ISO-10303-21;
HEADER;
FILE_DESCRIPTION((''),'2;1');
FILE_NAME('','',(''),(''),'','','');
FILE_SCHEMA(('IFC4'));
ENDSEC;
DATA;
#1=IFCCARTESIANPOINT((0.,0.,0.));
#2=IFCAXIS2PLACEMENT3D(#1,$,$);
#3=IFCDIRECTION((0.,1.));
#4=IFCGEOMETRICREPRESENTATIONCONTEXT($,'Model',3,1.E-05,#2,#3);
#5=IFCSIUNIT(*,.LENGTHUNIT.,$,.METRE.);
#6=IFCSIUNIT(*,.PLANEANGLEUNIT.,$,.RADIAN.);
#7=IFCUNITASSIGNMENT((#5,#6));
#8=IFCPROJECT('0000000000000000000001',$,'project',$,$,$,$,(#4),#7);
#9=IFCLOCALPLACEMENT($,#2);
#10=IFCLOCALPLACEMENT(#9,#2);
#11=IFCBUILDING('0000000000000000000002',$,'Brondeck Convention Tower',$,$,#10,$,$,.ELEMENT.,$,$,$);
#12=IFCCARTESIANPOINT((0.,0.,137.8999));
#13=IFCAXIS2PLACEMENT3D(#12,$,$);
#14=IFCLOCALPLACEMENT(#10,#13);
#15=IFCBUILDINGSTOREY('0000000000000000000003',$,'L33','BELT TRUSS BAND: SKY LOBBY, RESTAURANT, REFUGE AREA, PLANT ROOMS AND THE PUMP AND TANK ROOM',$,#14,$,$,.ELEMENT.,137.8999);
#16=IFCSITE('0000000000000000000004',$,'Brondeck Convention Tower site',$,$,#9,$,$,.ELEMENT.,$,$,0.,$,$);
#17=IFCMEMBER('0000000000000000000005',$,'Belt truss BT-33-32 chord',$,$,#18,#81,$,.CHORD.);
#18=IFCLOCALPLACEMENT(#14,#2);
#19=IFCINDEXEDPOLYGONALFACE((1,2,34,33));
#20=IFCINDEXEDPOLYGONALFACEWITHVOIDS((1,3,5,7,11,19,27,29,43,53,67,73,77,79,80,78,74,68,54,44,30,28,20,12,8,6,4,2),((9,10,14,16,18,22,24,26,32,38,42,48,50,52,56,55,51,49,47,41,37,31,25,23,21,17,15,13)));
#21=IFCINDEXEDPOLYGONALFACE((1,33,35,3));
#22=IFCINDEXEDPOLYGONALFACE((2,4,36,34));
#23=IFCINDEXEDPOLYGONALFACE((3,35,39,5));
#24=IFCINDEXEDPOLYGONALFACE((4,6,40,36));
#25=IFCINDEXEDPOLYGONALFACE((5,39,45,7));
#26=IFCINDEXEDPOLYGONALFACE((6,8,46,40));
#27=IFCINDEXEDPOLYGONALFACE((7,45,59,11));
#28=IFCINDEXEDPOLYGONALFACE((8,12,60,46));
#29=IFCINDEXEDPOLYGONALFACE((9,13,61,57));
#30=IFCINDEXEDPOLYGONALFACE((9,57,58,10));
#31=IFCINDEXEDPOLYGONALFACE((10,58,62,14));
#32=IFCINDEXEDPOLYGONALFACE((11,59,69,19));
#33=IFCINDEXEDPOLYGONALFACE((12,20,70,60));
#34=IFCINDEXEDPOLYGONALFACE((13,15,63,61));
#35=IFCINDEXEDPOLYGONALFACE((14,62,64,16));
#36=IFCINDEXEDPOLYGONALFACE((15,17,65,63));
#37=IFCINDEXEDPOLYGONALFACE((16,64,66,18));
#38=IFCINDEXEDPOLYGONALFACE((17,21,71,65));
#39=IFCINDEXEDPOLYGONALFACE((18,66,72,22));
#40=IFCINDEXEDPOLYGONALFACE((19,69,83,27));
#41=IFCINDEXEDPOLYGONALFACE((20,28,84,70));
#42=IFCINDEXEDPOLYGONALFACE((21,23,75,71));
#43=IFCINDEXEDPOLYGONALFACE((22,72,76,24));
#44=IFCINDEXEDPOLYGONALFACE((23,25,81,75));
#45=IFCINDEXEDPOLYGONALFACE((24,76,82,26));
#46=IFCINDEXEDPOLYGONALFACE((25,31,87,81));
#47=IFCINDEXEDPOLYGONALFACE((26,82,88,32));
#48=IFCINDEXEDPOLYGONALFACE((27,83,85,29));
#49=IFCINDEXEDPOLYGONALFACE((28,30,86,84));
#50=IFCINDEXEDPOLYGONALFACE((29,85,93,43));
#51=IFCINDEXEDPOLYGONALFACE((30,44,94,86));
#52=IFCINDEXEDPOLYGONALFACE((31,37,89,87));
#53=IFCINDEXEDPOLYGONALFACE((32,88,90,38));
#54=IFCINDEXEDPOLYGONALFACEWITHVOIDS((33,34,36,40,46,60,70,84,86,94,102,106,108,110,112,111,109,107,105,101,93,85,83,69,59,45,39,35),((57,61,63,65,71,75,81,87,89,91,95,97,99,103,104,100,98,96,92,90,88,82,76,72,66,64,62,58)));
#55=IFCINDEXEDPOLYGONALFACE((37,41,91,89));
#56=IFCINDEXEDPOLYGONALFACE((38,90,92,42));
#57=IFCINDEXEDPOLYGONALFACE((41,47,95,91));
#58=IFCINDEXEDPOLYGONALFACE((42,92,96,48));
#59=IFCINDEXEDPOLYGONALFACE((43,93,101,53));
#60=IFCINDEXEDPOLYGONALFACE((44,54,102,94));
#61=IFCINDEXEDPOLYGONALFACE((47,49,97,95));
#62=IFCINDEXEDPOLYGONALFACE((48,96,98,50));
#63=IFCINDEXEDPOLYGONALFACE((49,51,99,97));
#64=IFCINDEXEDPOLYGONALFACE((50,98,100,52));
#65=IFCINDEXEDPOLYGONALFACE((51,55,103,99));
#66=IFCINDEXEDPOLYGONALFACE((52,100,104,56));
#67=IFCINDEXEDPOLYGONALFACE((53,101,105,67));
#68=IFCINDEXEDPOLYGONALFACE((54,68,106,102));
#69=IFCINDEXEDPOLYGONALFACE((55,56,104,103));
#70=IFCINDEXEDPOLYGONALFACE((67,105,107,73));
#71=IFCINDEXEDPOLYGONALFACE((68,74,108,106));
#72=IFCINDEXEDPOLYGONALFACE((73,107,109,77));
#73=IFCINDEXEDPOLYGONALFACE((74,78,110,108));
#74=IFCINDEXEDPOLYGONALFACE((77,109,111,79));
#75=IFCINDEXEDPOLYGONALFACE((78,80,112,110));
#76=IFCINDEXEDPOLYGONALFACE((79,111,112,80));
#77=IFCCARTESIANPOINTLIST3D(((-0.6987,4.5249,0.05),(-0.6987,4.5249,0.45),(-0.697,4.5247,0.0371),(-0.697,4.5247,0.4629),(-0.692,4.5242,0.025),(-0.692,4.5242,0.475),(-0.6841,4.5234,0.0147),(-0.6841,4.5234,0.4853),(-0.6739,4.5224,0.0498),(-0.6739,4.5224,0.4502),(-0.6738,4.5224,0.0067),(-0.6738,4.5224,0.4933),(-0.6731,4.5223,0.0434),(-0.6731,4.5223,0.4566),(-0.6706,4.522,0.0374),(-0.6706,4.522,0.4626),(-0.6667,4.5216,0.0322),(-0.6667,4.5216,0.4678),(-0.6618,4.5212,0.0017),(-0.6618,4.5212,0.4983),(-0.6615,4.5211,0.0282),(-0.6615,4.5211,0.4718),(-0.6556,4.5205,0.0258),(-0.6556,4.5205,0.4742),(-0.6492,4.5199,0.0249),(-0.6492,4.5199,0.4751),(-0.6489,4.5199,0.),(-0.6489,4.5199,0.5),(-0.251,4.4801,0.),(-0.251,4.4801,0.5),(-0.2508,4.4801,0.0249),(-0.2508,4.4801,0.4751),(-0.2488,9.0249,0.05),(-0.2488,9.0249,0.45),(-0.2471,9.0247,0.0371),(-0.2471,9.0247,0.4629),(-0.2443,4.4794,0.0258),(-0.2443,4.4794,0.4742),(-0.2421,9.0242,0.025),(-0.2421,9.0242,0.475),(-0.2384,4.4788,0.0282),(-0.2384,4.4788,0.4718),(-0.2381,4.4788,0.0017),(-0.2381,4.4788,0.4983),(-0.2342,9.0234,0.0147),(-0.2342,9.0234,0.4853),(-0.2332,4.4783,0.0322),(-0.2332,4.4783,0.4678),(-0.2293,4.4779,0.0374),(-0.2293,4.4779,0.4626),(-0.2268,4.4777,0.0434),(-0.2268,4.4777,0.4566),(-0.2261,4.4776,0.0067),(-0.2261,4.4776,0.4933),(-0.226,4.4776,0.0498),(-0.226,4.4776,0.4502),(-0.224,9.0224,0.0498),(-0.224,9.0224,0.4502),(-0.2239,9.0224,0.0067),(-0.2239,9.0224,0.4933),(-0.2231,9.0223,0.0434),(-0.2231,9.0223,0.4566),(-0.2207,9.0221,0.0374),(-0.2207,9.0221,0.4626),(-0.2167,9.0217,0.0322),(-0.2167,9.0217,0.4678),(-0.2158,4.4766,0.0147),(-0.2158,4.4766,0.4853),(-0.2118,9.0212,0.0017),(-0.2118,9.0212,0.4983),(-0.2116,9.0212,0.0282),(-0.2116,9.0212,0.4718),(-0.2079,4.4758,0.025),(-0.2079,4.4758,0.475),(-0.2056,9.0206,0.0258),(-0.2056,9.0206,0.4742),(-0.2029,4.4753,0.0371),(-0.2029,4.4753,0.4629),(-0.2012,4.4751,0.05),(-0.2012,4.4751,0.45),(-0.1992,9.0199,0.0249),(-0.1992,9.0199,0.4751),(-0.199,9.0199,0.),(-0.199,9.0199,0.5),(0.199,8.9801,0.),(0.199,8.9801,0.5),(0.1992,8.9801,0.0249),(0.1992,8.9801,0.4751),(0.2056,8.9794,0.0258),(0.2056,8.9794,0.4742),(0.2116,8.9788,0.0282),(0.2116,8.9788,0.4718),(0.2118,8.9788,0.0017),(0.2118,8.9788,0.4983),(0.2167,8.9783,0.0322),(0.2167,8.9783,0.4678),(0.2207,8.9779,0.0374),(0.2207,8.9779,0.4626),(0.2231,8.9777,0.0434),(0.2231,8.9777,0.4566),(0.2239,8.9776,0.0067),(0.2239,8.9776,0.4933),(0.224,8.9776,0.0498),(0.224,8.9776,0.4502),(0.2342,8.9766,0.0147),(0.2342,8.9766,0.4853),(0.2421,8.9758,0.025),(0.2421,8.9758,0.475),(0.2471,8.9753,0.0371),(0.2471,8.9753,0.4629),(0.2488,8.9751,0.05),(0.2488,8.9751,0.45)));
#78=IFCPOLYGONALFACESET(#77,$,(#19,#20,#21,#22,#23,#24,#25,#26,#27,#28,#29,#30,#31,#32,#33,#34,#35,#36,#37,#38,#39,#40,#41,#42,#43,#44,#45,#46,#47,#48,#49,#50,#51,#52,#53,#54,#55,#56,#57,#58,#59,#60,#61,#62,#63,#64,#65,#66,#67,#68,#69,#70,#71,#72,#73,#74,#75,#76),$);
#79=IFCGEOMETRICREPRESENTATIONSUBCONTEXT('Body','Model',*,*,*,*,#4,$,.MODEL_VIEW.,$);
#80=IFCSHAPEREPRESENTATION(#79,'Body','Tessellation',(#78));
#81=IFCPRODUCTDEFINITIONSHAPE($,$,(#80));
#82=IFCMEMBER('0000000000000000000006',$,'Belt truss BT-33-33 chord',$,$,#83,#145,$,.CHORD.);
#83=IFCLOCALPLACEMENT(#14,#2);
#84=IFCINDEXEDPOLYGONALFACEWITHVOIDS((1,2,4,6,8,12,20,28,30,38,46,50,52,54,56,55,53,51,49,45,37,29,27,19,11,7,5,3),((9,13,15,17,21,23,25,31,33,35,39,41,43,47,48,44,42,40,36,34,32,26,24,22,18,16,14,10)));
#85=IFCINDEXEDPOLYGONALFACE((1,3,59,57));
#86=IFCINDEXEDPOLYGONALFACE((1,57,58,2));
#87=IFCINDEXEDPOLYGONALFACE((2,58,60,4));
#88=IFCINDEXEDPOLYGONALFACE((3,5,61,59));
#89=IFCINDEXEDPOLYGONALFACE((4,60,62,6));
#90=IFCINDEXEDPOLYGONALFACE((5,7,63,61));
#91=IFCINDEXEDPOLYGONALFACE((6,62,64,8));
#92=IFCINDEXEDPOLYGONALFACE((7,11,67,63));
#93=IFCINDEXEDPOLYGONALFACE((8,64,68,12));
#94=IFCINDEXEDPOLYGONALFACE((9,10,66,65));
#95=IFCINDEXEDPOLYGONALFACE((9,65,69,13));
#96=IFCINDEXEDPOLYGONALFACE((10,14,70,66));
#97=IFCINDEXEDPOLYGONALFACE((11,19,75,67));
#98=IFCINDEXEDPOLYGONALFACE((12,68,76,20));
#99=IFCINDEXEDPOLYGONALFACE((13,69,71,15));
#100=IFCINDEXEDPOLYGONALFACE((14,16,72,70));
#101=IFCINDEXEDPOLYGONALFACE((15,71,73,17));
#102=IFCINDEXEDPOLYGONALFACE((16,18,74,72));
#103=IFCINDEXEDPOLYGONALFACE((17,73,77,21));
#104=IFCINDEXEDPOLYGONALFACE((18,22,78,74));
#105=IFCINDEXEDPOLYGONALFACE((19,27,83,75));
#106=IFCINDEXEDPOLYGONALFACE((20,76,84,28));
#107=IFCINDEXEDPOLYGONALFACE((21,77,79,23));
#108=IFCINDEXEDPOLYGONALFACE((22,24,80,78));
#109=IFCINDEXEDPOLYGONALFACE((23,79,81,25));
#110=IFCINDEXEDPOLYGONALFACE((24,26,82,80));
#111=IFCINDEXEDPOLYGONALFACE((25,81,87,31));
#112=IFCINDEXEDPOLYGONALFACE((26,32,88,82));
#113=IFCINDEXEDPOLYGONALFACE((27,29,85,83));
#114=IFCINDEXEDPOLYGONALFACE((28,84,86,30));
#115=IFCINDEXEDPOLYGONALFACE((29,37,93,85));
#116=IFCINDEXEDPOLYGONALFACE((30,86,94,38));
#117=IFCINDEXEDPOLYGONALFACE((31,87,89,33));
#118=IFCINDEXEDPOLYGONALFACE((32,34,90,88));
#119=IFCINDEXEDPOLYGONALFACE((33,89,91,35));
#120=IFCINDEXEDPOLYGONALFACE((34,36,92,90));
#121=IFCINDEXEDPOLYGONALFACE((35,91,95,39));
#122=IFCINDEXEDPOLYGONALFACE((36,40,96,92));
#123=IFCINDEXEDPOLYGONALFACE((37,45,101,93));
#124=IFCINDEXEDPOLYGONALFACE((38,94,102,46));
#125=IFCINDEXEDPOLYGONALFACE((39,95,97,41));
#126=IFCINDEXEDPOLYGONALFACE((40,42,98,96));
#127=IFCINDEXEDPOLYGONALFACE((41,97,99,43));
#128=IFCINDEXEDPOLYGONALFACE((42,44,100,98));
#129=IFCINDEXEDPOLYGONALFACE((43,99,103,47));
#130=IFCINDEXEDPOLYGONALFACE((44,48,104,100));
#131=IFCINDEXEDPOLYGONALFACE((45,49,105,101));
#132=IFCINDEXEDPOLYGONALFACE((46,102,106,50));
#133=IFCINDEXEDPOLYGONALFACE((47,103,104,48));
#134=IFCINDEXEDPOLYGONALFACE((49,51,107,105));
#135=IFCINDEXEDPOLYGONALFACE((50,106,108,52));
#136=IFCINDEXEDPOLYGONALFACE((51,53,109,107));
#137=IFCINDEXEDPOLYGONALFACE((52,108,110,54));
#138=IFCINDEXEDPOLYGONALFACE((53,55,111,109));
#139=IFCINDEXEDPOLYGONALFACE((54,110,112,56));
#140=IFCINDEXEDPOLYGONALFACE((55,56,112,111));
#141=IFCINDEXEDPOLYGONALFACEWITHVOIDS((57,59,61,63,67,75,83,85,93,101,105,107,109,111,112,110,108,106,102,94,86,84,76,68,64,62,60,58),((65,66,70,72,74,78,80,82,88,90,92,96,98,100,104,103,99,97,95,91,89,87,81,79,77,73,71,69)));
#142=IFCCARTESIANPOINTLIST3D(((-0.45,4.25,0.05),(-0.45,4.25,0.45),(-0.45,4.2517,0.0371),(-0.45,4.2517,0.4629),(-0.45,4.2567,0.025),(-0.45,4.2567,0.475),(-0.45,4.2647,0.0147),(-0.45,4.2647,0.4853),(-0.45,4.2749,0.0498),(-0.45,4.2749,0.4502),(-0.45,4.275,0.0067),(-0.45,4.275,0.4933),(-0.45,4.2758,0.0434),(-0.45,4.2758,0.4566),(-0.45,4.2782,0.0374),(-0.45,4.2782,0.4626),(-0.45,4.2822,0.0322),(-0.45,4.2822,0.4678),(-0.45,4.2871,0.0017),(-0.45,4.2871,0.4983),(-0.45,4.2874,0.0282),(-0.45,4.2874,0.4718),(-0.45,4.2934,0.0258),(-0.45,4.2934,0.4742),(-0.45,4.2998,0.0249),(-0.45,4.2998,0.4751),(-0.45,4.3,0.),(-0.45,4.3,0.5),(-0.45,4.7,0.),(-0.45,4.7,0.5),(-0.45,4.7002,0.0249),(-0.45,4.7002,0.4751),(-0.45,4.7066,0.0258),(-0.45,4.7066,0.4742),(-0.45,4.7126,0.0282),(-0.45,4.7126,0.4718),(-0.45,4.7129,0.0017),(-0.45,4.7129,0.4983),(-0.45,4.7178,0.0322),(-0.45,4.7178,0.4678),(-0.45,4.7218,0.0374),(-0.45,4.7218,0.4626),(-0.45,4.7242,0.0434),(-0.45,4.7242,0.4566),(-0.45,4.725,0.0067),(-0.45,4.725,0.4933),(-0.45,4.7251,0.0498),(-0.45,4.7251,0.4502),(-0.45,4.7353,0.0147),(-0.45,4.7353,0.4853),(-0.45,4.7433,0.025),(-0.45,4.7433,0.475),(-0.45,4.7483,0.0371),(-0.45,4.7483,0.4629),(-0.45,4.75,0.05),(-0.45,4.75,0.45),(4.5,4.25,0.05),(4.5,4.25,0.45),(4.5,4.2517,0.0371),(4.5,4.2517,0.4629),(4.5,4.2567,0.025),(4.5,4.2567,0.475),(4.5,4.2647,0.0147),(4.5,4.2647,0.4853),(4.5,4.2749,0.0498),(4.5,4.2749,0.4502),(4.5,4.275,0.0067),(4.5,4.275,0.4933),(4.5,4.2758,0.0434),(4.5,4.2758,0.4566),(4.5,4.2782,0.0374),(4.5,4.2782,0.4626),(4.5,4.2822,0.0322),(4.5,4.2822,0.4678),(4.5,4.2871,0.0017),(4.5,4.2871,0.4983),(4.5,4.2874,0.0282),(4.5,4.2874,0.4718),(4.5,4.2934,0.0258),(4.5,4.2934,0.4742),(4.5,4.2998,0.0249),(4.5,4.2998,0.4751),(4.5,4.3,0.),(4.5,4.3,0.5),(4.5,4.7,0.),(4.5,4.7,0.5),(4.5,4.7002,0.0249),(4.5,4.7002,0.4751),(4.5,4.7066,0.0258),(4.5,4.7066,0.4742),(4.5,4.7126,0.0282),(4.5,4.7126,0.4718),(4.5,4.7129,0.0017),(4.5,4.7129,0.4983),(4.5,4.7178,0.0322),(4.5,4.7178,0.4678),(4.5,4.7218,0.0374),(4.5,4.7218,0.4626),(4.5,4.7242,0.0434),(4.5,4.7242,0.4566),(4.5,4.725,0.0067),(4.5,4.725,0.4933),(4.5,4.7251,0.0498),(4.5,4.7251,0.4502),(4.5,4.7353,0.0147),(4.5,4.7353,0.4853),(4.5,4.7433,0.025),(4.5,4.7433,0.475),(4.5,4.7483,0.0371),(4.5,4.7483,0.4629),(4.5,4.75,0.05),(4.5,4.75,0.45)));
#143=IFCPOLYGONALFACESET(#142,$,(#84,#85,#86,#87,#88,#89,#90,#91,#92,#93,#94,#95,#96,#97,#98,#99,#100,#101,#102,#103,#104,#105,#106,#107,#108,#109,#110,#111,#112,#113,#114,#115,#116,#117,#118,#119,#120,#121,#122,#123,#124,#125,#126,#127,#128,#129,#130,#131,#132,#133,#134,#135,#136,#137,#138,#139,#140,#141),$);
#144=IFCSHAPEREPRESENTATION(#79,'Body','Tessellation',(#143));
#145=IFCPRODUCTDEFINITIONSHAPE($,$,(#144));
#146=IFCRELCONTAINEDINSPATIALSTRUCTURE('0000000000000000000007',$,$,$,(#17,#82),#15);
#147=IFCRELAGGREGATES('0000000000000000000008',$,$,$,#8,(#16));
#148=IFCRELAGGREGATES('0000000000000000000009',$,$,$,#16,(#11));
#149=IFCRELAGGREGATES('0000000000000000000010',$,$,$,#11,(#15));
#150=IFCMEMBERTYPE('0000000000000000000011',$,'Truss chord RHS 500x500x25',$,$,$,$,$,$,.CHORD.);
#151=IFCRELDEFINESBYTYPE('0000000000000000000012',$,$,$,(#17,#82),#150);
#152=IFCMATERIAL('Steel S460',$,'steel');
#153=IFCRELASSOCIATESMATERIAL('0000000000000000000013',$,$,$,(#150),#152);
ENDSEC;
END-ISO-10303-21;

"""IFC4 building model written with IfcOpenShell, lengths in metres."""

from ifc_helpers import new_model, si_unit, direction, frame, origin, origin_2d, place, context, subcontext, project, spatial, hollow_rectangle, extrude, material, material_profile, profile_set, type_object, element, save


model = new_model("IFC4")

# Units and contexts
model_context = context("Model", 3, precision=1e-05, world=origin(), true_north=direction((0.0, 1.0)))
body_context = subcontext(model_context, "Body", "Model", "MODEL_VIEW")
ifc_project = project(units=[si_unit("LENGTHUNIT", "METRE"), si_unit("PLANEANGLEUNIT", "RADIAN")], contexts=[model_context])

# Site, building, storey
site_placement = place(None, origin())
site = spatial("IfcSite", under=ifc_project, at=site_placement, Name="Brondeck Convention Tower site", CompositionType="ELEMENT", RefElevation=0.0)
building_placement = place(site_placement, origin())
building = spatial("IfcBuilding", under=site, at=building_placement, Name="Brondeck Convention Tower", CompositionType="ELEMENT")
storey_placement = place(building_placement, frame((0.0, 0.0, 137.8999)))
storey = spatial("IfcBuildingStorey", under=building, at=storey_placement, Name="L33", Description="BELT TRUSS BAND: SKY LOBBY, RESTAURANT, REFUGE AREA, PLANT ROOMS AND THE PUMP AND TANK ROOM", CompositionType="ELEMENT", Elevation=137.8999)

# Shared definitions
ifc_material_1 = material(Name="Steel S460", Category="steel")

# Members
ifc_material_profile_1 = material_profile(ifc_material_1, hollow_rectangle(XDim=0.5, YDim=0.5, WallThickness=0.0249, InnerFilletRadius=0.0249, OuterFilletRadius=0.05, at=origin_2d()), Name="RHS 500x500x25")
ifc_profile_set_1 = profile_set([ifc_material_profile_1], Name="Steel S460")
member_type_1 = type_object("IfcMemberType", Name="Truss chord RHS 500x500x25", PredefinedType="CHORD", material=ifc_profile_set_1)
member_1_placement = place(storey_placement, frame((0.0, 9.0, 0.25), z_axis=(-0.099493, -0.995038, 0.0), x_axis=(0.995038, -0.099493, 0.0)))
element("IfcMember", 1, at=member_1_placement, inside=storey, type_object=member_type_1, Name="Belt truss BT-33-32 chord", PredefinedType="CHORD", context=body_context, shape_type="SweptSolid", body=[
    extrude(hollow_rectangle(XDim=0.5, YDim=0.5, WallThickness=0.0249, InnerFilletRadius=0.0249, OuterFilletRadius=0.05, at=origin_2d()), origin(), (0.0, 0.0, 1.0), 4.5225),
])
member_2_placement = place(storey_placement, frame((-0.45, 4.5, 0.25), z_axis=(1.0, 0.0, 0.0), x_axis=(0.0, 1.0, 0.0)))
element("IfcMember", 2, at=member_2_placement, inside=storey, type_object=member_type_1, Name="Belt truss BT-33-33 chord", PredefinedType="CHORD", context=body_context, shape_type="SweptSolid", body=[
    extrude(hollow_rectangle(XDim=0.5, YDim=0.5, WallThickness=0.0249, InnerFilletRadius=0.0249, OuterFilletRadius=0.05, at=origin_2d()), origin(), (0.0, 0.0, 1.0), 4.95),
])

save(model, "model.ifc")
